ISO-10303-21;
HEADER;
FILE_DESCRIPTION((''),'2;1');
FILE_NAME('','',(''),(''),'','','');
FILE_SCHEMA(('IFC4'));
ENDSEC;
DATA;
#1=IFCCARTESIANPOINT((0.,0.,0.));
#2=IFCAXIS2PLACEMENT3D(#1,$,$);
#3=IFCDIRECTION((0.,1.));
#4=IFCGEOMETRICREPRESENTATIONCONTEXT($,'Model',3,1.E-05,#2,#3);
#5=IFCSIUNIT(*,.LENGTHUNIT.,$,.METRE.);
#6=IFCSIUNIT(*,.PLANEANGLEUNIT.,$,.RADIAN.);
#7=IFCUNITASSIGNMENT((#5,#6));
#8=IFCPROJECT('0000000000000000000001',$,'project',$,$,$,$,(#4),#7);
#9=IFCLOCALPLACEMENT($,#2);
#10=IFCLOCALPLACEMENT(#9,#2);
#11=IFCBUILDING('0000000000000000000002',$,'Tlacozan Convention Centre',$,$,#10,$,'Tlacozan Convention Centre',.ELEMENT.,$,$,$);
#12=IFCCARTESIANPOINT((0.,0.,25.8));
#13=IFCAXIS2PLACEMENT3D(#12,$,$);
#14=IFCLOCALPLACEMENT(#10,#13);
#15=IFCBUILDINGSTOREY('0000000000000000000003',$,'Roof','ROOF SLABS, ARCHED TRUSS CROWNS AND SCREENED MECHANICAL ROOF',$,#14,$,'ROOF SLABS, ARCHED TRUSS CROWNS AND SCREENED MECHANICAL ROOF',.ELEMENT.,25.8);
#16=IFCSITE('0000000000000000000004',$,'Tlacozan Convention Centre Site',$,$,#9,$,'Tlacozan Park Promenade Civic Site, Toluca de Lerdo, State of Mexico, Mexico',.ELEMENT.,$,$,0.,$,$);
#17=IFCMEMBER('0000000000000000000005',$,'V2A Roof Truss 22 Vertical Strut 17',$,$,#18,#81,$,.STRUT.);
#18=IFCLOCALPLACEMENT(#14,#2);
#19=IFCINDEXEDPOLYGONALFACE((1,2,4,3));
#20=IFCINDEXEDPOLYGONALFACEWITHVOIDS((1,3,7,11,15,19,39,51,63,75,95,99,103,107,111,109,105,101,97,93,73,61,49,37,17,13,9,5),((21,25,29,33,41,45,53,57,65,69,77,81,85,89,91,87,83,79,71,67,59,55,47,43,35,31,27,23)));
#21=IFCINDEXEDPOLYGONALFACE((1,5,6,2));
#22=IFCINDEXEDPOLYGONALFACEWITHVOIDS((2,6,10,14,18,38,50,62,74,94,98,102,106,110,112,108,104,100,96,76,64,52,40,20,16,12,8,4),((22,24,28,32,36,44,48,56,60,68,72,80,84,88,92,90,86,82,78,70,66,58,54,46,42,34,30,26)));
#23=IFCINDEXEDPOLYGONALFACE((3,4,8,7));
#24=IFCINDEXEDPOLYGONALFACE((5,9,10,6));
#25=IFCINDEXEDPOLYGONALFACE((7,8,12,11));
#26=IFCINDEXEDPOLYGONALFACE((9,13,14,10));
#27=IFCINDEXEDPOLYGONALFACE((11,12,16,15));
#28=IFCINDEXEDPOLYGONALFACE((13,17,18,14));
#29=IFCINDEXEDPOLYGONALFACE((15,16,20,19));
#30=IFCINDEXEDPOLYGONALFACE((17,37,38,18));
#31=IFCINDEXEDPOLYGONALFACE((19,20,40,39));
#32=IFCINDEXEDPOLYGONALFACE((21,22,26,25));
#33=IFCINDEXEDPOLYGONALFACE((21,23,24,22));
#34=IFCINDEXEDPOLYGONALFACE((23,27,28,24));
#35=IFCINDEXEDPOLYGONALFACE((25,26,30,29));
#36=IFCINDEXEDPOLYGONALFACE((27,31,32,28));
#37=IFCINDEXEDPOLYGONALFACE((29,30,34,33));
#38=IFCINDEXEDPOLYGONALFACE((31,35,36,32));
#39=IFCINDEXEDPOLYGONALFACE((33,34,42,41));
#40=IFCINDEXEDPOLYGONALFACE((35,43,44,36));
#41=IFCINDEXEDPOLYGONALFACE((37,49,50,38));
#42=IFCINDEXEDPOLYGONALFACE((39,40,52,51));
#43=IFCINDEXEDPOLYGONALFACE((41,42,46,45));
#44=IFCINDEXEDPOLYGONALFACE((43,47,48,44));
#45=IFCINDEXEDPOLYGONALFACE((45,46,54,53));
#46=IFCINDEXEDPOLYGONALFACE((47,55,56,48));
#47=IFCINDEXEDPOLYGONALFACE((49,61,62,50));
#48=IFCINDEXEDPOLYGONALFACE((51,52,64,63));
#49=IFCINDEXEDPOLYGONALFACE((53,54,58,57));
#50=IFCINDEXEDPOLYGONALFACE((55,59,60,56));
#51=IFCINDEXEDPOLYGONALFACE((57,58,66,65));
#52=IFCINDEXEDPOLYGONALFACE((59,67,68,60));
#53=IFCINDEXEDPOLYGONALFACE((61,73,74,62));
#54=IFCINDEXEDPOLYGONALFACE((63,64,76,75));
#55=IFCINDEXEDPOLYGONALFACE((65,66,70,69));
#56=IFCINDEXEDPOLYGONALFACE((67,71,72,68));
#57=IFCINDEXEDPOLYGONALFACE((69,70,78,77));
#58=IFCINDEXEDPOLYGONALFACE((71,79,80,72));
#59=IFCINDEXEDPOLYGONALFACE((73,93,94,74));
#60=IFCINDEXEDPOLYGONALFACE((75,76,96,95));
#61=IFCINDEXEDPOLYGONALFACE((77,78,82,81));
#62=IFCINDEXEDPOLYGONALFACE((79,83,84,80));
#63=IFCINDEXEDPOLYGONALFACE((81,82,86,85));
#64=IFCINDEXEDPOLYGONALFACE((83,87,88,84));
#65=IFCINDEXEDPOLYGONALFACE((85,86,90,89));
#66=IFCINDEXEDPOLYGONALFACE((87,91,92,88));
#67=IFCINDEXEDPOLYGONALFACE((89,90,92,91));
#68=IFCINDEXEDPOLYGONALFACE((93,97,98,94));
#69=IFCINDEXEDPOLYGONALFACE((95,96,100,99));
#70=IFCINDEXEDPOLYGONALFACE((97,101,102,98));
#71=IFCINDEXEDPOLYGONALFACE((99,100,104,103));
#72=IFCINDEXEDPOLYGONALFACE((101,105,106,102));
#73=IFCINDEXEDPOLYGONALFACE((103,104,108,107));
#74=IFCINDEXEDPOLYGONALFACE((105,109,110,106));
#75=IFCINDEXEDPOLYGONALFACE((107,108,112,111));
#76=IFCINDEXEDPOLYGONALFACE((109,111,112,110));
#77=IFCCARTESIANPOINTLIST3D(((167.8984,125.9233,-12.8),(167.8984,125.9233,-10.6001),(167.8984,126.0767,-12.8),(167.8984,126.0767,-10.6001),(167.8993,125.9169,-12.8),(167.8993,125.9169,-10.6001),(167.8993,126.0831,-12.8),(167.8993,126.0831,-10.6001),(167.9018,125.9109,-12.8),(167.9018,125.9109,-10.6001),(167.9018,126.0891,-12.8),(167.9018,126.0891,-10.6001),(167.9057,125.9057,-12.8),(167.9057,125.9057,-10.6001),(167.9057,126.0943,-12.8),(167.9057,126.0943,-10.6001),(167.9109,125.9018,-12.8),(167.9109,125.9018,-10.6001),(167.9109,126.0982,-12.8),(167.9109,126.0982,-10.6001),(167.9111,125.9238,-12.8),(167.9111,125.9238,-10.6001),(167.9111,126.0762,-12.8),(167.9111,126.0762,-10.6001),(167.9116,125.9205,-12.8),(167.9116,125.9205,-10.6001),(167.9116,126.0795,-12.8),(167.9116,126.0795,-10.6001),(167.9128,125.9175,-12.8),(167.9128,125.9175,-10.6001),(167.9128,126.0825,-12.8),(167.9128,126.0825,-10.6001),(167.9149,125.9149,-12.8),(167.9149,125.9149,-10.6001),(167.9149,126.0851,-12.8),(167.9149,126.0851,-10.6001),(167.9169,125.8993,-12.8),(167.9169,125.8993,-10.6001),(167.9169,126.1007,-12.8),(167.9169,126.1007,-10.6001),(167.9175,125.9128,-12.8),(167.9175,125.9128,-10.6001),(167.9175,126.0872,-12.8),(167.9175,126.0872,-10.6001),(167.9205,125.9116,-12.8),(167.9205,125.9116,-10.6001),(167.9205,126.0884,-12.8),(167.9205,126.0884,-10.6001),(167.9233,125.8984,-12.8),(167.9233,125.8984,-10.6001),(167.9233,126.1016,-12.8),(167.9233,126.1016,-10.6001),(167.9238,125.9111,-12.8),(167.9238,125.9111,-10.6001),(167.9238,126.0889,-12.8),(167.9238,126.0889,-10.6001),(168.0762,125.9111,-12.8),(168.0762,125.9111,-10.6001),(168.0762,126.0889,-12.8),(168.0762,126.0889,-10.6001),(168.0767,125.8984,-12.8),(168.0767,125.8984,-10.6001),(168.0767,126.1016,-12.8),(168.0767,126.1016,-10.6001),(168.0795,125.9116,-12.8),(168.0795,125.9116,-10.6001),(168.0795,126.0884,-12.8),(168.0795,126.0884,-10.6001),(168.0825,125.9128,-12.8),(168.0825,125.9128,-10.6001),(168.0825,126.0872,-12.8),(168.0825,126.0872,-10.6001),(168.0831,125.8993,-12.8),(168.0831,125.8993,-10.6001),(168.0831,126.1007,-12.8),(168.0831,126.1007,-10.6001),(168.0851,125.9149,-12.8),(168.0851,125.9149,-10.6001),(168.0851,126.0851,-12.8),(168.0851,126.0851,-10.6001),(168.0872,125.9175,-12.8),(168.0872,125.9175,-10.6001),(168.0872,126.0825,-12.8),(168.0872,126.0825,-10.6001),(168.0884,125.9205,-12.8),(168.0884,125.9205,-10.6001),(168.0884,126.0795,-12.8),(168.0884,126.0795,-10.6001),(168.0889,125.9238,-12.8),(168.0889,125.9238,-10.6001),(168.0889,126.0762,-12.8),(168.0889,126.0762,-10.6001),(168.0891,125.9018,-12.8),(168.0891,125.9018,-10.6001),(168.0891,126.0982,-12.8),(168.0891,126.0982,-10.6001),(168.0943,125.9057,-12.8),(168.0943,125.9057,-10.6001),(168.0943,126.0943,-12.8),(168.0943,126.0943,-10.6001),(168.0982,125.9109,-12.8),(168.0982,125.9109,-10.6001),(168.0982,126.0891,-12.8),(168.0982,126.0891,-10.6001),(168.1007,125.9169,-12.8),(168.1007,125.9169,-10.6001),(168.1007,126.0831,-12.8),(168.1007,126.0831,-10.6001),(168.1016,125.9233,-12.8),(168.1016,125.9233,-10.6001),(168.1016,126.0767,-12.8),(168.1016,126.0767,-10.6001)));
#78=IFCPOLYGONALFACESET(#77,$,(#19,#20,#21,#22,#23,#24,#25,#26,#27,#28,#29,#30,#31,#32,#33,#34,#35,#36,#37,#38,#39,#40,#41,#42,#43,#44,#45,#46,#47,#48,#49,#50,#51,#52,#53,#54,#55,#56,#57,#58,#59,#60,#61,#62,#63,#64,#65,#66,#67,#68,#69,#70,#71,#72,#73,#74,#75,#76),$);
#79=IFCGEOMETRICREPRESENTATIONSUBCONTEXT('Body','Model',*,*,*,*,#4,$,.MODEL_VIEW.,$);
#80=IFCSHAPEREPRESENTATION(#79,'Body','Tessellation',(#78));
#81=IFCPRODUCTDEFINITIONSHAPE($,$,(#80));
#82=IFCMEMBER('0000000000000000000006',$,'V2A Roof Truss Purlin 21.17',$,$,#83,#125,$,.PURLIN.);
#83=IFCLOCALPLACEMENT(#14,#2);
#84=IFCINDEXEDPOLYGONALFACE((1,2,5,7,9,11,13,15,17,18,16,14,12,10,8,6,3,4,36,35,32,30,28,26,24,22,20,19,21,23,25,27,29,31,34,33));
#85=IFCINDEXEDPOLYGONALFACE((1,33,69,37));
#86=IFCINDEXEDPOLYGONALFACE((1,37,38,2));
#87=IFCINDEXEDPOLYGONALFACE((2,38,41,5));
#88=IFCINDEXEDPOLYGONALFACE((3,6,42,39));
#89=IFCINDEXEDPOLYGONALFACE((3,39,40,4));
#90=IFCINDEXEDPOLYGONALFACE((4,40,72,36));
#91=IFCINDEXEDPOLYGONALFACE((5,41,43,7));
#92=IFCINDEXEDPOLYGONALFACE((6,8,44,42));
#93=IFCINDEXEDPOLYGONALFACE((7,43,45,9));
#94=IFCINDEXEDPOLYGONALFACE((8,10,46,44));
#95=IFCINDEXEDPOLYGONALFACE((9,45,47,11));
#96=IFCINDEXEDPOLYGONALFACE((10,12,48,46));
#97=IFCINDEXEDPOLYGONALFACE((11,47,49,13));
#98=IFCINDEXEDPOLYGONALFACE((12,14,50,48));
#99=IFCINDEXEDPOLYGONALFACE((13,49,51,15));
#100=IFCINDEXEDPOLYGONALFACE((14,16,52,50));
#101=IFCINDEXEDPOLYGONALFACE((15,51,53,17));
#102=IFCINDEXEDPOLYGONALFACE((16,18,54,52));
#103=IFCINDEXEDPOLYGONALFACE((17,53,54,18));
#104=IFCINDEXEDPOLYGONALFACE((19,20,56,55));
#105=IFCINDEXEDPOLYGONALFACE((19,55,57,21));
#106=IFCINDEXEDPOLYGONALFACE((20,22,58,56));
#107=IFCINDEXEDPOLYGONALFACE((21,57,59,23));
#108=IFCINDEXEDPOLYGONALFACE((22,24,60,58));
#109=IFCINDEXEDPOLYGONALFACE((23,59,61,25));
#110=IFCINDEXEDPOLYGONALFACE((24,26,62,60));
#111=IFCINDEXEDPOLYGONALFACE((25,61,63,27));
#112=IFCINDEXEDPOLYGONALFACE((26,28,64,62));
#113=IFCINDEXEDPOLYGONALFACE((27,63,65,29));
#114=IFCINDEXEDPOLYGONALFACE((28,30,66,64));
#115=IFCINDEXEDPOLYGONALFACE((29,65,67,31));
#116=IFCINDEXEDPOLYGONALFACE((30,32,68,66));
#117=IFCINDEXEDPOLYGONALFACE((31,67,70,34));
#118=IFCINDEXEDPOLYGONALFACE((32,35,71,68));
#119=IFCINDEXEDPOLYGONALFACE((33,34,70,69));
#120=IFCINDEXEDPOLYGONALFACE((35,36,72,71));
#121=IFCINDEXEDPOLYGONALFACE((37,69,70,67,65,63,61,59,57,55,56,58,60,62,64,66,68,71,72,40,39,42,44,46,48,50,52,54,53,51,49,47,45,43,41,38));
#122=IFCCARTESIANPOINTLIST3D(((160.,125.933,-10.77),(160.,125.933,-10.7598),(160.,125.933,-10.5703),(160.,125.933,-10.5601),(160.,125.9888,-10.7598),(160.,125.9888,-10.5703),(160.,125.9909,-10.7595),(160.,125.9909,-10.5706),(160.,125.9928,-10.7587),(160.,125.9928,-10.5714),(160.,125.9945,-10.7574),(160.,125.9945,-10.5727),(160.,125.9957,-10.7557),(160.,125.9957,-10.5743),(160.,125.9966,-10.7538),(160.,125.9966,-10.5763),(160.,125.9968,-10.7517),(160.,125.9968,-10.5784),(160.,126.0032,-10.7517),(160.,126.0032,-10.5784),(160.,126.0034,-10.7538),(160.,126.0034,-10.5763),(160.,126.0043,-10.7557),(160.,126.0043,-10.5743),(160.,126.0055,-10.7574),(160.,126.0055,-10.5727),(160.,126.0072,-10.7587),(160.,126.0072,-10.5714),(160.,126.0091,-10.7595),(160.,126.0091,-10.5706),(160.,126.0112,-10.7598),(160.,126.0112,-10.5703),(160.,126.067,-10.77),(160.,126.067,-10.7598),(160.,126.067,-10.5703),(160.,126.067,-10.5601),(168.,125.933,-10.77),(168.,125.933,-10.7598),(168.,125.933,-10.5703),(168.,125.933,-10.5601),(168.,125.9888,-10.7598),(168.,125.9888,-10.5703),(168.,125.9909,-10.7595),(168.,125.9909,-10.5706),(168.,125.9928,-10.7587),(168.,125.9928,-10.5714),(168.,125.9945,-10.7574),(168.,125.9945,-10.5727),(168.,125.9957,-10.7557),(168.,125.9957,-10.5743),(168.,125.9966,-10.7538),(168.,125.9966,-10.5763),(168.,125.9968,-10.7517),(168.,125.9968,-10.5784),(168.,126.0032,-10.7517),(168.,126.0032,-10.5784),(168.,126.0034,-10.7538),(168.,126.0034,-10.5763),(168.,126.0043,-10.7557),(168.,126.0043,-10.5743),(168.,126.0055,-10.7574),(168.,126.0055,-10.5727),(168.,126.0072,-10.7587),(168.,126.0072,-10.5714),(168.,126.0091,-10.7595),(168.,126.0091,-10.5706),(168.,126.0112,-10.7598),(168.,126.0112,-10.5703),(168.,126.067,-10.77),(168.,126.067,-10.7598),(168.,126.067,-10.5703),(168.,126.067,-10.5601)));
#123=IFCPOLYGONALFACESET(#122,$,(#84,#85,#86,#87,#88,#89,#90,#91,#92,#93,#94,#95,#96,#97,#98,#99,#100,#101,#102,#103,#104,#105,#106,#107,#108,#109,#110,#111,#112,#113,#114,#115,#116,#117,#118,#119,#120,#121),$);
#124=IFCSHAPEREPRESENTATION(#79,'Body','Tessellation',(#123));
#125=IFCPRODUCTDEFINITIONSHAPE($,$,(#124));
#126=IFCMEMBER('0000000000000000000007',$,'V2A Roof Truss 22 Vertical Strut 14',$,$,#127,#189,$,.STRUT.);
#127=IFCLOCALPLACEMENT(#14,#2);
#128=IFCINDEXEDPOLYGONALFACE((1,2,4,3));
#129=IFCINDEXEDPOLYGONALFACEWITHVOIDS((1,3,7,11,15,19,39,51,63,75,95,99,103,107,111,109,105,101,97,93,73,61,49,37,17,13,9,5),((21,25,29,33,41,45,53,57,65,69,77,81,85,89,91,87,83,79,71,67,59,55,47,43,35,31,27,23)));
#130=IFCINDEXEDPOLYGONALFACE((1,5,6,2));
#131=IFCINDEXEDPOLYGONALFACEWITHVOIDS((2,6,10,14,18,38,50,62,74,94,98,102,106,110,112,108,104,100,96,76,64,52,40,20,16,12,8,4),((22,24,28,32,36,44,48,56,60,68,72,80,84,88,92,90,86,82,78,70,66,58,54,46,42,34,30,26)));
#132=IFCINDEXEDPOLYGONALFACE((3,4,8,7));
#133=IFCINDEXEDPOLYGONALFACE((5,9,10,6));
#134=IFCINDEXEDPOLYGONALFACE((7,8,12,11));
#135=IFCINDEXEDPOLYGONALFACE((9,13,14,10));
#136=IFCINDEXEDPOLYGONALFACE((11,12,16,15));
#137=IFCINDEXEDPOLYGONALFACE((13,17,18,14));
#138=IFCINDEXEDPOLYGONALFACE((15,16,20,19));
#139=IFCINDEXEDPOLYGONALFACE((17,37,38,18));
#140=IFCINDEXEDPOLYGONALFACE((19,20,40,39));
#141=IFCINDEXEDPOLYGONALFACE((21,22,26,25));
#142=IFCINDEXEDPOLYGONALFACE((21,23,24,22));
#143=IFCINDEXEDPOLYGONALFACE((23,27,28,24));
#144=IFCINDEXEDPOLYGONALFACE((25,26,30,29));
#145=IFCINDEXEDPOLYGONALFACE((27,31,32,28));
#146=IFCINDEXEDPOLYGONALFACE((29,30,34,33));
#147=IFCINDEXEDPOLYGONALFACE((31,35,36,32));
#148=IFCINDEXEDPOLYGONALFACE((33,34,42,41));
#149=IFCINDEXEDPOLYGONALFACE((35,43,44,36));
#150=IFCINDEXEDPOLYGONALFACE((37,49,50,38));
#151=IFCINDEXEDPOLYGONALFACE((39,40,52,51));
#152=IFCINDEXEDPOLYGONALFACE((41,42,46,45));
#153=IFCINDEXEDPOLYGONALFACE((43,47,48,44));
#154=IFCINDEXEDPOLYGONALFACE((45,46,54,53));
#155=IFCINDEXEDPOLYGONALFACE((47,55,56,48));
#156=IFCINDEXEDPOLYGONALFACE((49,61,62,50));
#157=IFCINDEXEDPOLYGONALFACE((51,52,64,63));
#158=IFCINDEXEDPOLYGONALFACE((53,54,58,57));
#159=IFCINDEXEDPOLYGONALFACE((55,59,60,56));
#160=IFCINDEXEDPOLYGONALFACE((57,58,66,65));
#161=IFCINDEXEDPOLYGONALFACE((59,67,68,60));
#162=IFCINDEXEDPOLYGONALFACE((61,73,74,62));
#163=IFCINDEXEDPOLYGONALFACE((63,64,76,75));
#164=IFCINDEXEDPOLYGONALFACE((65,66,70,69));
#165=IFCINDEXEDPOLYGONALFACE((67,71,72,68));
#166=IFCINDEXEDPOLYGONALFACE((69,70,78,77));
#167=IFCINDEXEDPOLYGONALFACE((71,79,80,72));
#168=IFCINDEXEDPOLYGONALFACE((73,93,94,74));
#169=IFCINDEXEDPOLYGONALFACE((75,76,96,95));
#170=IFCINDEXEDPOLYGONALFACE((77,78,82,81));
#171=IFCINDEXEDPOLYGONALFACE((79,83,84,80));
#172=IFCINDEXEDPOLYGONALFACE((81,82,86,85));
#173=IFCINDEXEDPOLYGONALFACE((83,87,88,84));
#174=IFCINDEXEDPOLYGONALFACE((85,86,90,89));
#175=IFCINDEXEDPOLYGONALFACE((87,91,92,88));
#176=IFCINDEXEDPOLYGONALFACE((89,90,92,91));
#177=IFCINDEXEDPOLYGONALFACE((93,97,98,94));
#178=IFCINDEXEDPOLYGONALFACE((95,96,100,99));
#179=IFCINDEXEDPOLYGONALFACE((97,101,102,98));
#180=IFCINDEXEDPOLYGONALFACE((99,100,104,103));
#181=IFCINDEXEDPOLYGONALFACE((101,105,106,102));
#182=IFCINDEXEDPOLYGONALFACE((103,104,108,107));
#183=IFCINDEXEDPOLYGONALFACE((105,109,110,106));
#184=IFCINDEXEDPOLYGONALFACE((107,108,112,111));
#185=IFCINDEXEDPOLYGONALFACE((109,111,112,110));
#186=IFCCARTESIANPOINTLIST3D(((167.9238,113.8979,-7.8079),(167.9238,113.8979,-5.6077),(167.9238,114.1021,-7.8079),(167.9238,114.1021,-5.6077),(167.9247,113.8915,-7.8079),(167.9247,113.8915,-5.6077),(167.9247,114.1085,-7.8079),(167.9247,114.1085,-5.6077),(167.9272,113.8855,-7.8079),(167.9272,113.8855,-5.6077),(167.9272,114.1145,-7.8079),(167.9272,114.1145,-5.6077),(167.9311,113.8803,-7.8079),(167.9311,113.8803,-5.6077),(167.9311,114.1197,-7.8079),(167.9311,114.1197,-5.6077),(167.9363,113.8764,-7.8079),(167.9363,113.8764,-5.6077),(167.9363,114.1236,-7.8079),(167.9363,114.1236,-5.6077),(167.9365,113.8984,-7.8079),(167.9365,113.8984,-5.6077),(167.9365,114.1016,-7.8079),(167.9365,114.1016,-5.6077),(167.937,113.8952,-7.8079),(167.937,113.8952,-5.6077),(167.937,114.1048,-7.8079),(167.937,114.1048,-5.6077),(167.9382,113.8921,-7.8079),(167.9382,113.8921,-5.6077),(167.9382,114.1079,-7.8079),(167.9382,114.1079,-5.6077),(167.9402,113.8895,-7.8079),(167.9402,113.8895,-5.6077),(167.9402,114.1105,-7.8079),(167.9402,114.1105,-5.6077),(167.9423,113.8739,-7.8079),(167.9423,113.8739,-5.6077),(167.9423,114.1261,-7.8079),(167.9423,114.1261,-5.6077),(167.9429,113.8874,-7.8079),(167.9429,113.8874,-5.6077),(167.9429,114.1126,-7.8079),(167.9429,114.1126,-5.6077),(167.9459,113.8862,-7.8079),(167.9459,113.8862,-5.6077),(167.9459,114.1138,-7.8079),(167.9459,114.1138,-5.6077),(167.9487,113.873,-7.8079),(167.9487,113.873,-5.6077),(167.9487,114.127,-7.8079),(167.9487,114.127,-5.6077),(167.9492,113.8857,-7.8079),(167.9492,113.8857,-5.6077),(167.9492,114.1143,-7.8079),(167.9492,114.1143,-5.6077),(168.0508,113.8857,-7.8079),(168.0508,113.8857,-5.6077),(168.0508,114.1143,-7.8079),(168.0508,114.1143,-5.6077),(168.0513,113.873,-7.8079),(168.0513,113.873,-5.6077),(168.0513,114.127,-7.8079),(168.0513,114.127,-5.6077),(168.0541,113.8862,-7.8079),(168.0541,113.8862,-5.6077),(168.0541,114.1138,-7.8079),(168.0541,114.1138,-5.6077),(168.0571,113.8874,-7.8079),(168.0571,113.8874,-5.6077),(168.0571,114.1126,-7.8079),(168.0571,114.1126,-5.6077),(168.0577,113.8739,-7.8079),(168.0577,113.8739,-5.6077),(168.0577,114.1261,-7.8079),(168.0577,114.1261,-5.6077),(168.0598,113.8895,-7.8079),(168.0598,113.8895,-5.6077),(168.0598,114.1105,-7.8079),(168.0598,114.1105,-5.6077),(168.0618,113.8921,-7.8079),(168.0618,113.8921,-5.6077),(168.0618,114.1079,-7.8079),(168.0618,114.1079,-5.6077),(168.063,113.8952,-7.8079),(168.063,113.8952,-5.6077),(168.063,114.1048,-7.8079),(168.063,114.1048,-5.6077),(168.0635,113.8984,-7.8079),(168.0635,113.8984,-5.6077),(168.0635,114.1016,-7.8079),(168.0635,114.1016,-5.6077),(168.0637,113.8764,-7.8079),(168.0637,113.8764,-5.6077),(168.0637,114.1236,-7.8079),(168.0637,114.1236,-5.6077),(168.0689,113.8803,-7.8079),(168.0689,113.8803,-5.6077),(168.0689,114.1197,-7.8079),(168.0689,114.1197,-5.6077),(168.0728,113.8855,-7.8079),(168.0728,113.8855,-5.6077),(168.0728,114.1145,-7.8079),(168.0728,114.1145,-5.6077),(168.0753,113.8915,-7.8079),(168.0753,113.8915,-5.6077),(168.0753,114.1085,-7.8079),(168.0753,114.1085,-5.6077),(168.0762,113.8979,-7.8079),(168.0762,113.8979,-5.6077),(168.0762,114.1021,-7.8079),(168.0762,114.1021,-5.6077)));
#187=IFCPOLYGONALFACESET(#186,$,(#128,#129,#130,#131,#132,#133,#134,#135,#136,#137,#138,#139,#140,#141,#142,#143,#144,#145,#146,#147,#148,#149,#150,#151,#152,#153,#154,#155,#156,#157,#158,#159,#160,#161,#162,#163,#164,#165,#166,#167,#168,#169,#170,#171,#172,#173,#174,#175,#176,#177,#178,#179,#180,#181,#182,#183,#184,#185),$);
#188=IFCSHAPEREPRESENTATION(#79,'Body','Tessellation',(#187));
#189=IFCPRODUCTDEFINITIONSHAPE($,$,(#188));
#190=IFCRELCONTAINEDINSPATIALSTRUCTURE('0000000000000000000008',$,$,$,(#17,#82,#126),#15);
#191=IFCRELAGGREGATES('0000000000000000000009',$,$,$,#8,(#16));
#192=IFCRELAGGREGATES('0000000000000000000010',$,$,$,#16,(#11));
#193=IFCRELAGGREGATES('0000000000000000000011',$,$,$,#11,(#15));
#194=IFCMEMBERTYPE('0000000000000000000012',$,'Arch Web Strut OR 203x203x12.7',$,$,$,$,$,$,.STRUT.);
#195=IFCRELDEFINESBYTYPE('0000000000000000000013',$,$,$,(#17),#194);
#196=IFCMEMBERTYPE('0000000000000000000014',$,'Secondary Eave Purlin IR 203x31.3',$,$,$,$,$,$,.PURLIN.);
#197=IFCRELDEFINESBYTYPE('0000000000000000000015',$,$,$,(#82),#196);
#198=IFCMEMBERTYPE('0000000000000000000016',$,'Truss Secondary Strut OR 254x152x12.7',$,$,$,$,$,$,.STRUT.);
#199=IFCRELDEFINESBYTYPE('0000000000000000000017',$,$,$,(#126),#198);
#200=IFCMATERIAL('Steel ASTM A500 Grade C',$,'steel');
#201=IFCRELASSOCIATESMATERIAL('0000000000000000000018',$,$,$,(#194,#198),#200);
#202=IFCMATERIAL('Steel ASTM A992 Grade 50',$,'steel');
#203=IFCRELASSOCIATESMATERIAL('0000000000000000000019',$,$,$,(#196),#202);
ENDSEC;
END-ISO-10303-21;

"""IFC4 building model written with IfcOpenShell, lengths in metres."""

from ifc_helpers import new_model, si_unit, direction, frame, origin, origin_2d, place, context, subcontext, project, spatial, hollow_rectangle, i_section, extrude, material, material_profile, profile_set, type_object, element, save


model = new_model("IFC4")

# Units and contexts
model_context = context("Model", 3, precision=1e-05, world=origin(), true_north=direction((0.0, 1.0)))
body_context = subcontext(model_context, "Body", "Model", "MODEL_VIEW")
ifc_project = project(units=[si_unit("LENGTHUNIT", "METRE"), si_unit("PLANEANGLEUNIT", "RADIAN")], contexts=[model_context])

# Site, building, storey
site_placement = place(None, origin())
site = spatial("IfcSite", under=ifc_project, at=site_placement, Name="Tlacozan Convention Centre Site", LongName="Tlacozan Park Promenade Civic Site, Toluca de Lerdo, State of Mexico, Mexico", CompositionType="ELEMENT", RefElevation=0.0)
building_placement = place(site_placement, origin())
building = spatial("IfcBuilding", under=site, at=building_placement, Name="Tlacozan Convention Centre", LongName="Tlacozan Convention Centre", CompositionType="ELEMENT")
storey_placement = place(building_placement, frame((0.0, 0.0, 25.8)))
storey = spatial("IfcBuildingStorey", under=building, at=storey_placement, Name="Roof", Description="ROOF SLABS, ARCHED TRUSS CROWNS AND SCREENED MECHANICAL ROOF", LongName="ROOF SLABS, ARCHED TRUSS CROWNS AND SCREENED MECHANICAL ROOF", CompositionType="ELEMENT", Elevation=25.8)

# Members
ifc_material_1 = material(Name="Steel ASTM A500 Grade C", Category="steel")
ifc_material_profile_1 = material_profile(ifc_material_1, hollow_rectangle(XDim=0.2031, YDim=0.2031, WallThickness=0.0127, InnerFilletRadius=0.0127, OuterFilletRadius=0.0249, at=origin_2d()), Name="OR 203x203x12.7")
ifc_profile_set_1 = profile_set([ifc_material_profile_1], Name="Steel ASTM A500 Grade C")
member_type_1 = type_object("IfcMemberType", Name="Arch Web Strut OR 203x203x12.7", PredefinedType="STRUT", material=ifc_profile_set_1)
member_1_placement = place(storey_placement, frame((168.0, 126.0, -12.8), z_axis=(0.0, 0.0, 1.0), x_axis=(1.0, 0.0, 0.0)))
element("IfcMember", 1, at=member_1_placement, inside=storey, type_object=member_type_1, Name="V2A Roof Truss 22 Vertical Strut 17", PredefinedType="STRUT", context=body_context, shape_type="SweptSolid", body=[
    extrude(hollow_rectangle(XDim=0.2031, YDim=0.2031, WallThickness=0.0127, InnerFilletRadius=0.0127, OuterFilletRadius=0.0249, at=origin_2d()), origin(), (0.0, 0.0, 1.0), 2.2),
])
ifc_material_2 = material(Name="Steel ASTM A992 Grade 50", Category="steel")
ifc_material_profile_2 = material_profile(ifc_material_2, i_section(OverallWidth=0.134, OverallDepth=0.21, WebThickness=0.0063, FlangeThickness=0.0103, FilletRadius=0.0081, at=origin_2d()), Name="IR 203x31.3")
ifc_profile_set_2 = profile_set([ifc_material_profile_2], Name="Steel ASTM A992 Grade 50")
member_type_2 = type_object("IfcMemberType", Name="Secondary Eave Purlin IR 203x31.3", PredefinedType="PURLIN", material=ifc_profile_set_2)
member_2_placement = place(storey_placement, frame((160.0, 126.0, -10.665), z_axis=(1.0, 0.0, 0.0), x_axis=(0.0, 1.0, 0.0)))
element("IfcMember", 2, at=member_2_placement, inside=storey, type_object=member_type_2, Name="V2A Roof Truss Purlin 21.17", PredefinedType="PURLIN", context=body_context, shape_type="SweptSolid", body=[
    extrude(i_section(OverallWidth=0.134, OverallDepth=0.21, WebThickness=0.0063, FlangeThickness=0.0103, FilletRadius=0.0081, at=origin_2d()), origin(), (0.0, 0.0, 1.0), 8.0),
])
ifc_material_profile_3 = material_profile(ifc_material_1, hollow_rectangle(XDim=0.1523, YDim=0.2539, WallThickness=0.0127, InnerFilletRadius=0.0127, OuterFilletRadius=0.0249, at=origin_2d()), Name="OR 254x152x12.7")
ifc_profile_set_3 = profile_set([ifc_material_profile_3], Name="Steel ASTM A500 Grade C")
member_type_3 = type_object("IfcMemberType", Name="Truss Secondary Strut OR 254x152x12.7", PredefinedType="STRUT", material=ifc_profile_set_3)
member_3_placement = place(storey_placement, frame((168.0, 114.0, -7.8079), z_axis=(0.0, 0.0, 1.0), x_axis=(1.0, 0.0, 0.0)))
element("IfcMember", 3, at=member_3_placement, inside=storey, type_object=member_type_3, Name="V2A Roof Truss 22 Vertical Strut 14", PredefinedType="STRUT", context=body_context, shape_type="SweptSolid", body=[
    extrude(hollow_rectangle(XDim=0.1523, YDim=0.2539, WallThickness=0.0127, InnerFilletRadius=0.0127, OuterFilletRadius=0.0249, at=origin_2d()), origin(), (0.0, 0.0, 1.0), 2.2002),
])

save(model, "model.ifc")
